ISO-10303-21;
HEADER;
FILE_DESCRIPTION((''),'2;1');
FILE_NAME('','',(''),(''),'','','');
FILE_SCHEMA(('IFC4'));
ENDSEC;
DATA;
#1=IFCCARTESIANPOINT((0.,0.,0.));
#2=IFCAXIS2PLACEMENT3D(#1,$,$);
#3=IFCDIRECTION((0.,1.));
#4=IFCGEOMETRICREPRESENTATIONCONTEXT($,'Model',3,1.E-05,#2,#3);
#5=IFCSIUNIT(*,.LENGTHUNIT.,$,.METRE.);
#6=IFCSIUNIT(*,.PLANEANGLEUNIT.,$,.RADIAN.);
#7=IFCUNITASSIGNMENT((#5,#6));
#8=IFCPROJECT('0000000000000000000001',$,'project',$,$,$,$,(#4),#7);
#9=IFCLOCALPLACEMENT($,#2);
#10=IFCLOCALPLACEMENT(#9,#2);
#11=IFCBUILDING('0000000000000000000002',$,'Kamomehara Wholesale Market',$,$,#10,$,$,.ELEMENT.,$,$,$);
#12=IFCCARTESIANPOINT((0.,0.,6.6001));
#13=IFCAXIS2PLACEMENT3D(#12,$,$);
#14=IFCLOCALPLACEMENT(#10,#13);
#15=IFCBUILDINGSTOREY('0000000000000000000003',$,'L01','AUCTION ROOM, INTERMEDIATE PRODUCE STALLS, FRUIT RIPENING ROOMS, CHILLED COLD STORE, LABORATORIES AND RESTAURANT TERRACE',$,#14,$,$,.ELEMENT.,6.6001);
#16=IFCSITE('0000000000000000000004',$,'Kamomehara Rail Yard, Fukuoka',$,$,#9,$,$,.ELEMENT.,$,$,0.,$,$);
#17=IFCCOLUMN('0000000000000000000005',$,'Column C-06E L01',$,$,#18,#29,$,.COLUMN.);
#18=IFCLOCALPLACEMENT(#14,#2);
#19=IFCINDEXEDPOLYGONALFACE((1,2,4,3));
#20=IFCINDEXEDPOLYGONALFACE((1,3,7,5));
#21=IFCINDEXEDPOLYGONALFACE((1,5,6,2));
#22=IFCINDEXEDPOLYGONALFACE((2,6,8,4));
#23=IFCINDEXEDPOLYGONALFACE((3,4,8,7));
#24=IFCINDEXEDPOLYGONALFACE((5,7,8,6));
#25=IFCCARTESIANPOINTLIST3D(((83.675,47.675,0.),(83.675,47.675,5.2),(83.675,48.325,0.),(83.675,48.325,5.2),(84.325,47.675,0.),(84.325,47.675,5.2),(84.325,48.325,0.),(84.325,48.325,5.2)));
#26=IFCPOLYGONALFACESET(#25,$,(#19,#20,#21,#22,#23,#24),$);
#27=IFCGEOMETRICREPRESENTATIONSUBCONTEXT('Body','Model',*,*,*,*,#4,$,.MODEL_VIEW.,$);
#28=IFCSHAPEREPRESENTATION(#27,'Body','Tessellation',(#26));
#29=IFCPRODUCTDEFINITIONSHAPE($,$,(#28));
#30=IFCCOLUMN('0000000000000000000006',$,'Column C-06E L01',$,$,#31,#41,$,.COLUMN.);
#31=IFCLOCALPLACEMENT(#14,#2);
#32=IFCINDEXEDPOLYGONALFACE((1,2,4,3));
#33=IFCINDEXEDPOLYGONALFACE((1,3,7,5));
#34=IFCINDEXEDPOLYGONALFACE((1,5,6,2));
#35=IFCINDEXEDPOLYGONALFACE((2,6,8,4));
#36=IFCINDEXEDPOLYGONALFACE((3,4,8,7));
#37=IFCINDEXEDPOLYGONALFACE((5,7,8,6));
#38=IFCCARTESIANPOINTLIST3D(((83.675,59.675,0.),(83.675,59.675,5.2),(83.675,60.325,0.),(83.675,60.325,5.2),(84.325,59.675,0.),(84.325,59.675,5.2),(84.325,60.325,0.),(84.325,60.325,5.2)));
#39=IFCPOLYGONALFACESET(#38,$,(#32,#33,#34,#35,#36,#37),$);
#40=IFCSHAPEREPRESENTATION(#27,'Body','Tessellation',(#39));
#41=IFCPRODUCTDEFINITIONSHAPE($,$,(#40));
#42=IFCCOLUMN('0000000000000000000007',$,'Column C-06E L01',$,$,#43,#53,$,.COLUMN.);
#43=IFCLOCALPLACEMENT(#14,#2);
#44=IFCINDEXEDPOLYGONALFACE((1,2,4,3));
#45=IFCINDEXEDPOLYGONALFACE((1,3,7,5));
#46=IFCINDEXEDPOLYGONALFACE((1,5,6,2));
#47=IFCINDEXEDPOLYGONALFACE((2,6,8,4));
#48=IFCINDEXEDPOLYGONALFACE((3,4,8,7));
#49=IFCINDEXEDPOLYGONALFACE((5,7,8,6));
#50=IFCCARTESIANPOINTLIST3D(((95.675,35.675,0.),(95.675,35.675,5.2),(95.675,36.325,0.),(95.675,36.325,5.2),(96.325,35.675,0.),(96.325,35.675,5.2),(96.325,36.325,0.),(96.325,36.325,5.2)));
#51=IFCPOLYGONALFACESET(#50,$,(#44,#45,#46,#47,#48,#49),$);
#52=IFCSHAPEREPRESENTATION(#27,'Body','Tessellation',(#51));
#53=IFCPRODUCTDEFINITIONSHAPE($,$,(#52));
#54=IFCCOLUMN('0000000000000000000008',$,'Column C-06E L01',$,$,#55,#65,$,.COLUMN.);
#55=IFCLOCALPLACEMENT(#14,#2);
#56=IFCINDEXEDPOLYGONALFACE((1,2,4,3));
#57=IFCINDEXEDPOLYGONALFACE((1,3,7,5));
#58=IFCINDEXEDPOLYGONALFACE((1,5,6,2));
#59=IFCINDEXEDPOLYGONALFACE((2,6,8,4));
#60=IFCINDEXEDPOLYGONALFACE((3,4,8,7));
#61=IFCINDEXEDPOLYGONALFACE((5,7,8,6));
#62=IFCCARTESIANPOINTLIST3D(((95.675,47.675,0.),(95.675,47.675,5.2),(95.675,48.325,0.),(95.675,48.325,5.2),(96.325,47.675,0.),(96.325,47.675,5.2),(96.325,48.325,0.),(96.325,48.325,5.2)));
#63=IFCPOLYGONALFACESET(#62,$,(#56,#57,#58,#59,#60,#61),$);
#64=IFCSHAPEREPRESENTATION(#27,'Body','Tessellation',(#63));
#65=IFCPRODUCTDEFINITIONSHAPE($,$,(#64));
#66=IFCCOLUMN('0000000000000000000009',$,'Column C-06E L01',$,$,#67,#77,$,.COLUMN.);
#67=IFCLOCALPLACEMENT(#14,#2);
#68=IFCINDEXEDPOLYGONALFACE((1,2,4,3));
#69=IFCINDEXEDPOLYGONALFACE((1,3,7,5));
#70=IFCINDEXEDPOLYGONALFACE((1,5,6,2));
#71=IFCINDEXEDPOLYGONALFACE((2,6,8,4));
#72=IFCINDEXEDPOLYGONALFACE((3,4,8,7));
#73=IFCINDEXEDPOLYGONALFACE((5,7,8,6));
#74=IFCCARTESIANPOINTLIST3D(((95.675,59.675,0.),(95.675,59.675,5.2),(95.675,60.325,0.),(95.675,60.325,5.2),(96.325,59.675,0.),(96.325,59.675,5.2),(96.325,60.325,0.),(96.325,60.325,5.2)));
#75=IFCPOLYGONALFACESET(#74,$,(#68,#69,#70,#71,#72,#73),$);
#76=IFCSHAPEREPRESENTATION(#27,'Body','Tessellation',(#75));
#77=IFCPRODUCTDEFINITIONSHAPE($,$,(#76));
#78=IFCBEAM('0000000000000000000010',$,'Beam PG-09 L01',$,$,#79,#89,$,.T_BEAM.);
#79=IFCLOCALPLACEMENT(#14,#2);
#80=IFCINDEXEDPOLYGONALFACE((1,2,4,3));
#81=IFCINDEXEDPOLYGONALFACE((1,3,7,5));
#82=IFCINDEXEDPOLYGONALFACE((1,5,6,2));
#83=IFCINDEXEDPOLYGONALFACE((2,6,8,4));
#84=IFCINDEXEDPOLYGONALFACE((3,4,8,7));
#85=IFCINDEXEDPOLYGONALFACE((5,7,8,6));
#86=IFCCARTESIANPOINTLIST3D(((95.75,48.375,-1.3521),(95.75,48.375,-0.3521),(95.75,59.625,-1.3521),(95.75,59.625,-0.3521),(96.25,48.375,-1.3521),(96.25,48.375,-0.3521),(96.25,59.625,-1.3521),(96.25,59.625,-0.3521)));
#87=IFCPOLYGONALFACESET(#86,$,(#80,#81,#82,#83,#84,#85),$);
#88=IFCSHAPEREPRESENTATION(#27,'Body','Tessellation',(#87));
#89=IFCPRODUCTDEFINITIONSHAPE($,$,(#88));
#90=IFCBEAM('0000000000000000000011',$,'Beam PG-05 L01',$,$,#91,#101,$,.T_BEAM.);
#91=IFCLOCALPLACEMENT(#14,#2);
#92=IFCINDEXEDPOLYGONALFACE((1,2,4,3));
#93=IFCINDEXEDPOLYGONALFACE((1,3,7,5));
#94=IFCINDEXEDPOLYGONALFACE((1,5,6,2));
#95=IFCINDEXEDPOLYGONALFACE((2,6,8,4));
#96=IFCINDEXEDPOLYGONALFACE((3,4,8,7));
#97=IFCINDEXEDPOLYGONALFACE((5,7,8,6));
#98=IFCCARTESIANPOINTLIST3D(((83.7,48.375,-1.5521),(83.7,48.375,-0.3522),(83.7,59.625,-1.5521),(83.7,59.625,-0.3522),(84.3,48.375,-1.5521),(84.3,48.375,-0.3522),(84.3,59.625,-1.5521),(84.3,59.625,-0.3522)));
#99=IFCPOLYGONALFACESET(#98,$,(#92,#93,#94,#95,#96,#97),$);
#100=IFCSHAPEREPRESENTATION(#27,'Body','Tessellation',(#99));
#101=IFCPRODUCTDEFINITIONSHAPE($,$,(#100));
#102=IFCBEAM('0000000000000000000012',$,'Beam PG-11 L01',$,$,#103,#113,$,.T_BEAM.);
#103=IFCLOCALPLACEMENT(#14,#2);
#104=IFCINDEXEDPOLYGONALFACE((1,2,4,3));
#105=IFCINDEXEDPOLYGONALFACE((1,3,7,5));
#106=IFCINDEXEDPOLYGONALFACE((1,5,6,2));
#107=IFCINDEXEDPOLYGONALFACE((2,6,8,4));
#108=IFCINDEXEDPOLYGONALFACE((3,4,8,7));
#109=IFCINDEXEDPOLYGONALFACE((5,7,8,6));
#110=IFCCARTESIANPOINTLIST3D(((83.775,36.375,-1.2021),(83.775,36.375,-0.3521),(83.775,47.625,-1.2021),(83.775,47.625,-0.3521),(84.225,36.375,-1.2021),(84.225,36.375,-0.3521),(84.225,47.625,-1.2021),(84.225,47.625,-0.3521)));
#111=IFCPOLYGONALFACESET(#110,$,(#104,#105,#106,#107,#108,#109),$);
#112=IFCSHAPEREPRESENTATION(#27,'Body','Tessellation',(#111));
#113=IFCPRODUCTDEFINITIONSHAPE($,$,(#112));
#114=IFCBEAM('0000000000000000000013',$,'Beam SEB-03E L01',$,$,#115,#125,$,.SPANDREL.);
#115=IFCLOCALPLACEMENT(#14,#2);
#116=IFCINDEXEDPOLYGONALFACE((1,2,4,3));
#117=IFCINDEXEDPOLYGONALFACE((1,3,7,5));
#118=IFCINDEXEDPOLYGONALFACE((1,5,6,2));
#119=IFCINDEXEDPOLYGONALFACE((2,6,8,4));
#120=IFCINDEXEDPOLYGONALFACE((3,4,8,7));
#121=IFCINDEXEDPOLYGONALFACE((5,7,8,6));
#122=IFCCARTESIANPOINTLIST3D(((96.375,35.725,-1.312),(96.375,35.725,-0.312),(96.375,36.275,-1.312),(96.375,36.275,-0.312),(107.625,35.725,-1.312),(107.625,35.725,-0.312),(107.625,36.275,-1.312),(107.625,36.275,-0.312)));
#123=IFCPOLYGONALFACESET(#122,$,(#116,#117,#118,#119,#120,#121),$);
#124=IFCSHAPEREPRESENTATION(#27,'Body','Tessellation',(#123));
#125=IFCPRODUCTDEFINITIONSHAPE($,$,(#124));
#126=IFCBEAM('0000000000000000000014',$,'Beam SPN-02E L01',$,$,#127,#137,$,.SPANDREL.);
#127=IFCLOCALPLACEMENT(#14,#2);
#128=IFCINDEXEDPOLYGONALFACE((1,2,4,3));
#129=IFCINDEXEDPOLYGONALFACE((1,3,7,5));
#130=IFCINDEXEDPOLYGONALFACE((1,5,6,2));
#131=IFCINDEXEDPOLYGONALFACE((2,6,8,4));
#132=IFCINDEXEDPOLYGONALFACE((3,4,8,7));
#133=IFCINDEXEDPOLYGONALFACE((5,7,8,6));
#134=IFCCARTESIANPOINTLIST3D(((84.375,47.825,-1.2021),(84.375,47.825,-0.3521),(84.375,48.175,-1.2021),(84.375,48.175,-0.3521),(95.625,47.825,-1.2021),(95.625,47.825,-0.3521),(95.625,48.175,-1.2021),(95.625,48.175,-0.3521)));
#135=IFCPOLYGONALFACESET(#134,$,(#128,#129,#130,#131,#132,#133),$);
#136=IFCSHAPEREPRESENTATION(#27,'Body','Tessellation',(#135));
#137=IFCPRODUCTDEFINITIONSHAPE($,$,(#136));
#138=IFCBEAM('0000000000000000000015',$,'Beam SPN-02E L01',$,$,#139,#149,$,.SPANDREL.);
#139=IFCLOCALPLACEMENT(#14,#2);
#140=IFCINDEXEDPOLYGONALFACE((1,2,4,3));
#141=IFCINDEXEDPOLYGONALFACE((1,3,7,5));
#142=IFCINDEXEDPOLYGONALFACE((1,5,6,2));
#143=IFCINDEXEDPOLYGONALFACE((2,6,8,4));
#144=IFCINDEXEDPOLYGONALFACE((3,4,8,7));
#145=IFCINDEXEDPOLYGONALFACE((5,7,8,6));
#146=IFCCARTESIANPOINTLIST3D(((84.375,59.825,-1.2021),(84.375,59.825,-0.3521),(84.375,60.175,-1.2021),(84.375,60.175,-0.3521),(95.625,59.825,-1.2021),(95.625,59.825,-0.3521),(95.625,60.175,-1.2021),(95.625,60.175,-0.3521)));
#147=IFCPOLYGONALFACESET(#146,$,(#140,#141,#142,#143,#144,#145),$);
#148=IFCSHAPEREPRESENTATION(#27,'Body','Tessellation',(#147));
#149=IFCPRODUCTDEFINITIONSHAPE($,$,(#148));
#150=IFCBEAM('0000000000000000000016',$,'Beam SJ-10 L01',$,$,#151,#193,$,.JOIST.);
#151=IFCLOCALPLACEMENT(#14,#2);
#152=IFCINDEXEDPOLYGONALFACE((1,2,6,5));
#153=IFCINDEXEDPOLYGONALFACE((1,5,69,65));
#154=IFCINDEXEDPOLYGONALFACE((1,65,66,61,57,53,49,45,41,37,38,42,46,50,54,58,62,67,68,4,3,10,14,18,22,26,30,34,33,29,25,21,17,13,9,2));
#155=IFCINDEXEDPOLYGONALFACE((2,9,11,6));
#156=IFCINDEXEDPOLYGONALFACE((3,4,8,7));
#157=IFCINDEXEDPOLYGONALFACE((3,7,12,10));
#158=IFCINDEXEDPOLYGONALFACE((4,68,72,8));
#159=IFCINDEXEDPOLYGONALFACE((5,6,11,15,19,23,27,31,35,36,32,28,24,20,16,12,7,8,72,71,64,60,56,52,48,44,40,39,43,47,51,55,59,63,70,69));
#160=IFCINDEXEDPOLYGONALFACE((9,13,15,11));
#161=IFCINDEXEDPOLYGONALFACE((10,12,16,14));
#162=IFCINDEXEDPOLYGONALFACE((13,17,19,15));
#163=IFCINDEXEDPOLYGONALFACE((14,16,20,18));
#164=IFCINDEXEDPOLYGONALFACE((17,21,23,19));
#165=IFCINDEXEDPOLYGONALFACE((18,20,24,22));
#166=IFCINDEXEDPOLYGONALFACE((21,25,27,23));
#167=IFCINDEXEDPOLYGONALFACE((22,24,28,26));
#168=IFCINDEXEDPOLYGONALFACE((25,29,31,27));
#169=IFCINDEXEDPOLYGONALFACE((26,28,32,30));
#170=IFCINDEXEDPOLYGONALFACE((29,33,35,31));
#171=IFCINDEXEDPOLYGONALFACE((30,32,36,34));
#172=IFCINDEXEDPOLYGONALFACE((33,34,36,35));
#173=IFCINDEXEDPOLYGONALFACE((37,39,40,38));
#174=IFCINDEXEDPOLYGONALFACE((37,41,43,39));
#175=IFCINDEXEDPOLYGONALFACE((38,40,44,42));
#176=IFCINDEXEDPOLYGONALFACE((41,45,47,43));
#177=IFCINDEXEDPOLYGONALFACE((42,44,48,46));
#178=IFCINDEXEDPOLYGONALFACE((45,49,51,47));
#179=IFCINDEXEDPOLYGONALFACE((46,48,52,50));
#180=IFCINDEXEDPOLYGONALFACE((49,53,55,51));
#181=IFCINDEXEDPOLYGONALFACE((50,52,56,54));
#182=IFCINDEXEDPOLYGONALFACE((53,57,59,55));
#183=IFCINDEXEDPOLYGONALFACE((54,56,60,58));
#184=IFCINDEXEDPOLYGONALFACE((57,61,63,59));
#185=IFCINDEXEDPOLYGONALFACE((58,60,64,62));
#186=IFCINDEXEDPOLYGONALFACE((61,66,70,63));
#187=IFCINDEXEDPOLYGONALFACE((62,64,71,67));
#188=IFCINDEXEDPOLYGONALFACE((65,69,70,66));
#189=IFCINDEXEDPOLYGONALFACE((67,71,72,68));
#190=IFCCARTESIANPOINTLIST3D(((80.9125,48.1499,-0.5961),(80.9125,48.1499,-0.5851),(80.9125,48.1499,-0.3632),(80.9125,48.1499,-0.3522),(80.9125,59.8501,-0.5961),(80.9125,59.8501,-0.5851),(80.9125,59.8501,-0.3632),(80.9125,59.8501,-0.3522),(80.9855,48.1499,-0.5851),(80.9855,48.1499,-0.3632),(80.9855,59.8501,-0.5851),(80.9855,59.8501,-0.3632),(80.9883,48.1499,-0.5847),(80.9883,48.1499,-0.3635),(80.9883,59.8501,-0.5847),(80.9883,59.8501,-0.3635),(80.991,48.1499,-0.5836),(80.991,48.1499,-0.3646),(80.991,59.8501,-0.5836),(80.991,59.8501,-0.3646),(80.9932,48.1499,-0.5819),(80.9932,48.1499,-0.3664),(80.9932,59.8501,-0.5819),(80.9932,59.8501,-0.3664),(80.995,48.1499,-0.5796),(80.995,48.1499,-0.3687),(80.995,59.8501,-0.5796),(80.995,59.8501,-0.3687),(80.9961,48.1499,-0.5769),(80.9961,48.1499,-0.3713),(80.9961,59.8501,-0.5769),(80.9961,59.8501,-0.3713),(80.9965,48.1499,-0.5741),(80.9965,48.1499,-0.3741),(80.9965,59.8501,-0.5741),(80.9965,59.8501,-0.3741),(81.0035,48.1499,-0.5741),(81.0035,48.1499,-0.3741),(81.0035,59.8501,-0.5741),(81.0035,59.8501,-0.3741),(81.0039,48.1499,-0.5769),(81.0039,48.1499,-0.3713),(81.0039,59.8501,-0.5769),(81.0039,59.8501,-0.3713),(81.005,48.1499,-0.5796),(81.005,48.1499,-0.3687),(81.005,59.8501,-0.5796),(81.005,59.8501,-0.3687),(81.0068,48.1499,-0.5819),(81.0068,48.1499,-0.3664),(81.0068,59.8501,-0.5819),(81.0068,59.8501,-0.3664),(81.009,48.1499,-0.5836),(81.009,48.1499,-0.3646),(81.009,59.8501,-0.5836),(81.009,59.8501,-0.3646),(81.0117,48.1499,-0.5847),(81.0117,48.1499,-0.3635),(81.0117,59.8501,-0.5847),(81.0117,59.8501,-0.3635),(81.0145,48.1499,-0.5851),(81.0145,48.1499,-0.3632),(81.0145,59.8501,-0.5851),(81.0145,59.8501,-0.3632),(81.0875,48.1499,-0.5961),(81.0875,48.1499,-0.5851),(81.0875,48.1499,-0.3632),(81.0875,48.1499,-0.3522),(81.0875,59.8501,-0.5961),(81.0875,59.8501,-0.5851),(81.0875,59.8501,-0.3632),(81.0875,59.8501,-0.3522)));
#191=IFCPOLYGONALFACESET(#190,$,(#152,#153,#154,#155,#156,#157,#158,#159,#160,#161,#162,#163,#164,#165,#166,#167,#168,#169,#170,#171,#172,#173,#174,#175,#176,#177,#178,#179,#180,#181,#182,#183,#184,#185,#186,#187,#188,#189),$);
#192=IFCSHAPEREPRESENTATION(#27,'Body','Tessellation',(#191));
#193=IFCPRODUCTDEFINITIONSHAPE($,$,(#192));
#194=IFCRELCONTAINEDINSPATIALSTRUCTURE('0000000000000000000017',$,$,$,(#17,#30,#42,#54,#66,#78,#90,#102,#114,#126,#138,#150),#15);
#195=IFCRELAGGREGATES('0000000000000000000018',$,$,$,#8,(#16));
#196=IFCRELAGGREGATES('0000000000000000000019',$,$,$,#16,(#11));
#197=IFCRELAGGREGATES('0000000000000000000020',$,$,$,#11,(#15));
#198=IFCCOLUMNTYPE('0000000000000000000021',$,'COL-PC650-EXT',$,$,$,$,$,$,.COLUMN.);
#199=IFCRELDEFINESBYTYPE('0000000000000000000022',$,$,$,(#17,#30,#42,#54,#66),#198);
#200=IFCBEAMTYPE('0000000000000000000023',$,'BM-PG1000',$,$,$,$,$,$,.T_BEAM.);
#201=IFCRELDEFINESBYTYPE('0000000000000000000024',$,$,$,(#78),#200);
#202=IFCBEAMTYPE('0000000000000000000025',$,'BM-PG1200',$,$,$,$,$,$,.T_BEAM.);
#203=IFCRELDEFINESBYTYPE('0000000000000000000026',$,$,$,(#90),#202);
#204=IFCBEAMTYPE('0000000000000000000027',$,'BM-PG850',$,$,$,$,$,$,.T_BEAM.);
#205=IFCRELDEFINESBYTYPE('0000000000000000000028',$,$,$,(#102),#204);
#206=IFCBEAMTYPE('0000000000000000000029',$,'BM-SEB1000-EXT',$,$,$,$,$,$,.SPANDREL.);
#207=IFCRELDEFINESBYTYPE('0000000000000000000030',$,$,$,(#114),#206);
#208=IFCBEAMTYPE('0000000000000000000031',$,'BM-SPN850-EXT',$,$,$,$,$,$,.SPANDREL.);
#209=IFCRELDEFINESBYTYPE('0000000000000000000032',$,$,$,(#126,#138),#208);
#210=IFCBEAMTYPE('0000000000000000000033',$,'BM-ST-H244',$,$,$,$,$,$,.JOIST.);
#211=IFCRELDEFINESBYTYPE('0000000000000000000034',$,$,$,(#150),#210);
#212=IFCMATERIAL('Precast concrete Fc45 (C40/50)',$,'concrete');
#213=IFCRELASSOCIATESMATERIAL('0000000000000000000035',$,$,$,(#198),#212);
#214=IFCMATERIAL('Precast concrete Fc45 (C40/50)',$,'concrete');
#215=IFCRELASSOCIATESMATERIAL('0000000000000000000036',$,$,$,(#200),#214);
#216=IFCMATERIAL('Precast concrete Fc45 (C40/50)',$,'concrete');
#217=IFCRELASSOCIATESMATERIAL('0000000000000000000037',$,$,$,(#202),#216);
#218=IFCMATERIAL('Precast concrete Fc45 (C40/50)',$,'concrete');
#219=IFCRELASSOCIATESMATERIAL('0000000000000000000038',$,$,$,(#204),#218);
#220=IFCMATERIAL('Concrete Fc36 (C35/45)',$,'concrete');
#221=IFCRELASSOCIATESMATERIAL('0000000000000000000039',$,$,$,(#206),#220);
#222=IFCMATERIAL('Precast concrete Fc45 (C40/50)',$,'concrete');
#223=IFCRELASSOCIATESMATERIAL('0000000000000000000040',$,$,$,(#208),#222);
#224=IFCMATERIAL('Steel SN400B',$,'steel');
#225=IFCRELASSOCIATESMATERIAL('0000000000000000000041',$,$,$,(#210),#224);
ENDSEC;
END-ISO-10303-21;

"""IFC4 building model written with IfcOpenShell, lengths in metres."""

from ifc_helpers import new_model, si_unit, direction, frame, origin, origin_2d, place, context, subcontext, project, spatial, rectangle, i_section, extrude, material, material_profile, profile_set, type_object, element, save


model = new_model("IFC4")

# Units and contexts
model_context = context("Model", 3, precision=1e-05, world=origin(), true_north=direction((0.0, 1.0)))
body_context = subcontext(model_context, "Body", "Model", "MODEL_VIEW")
ifc_project = project(units=[si_unit("LENGTHUNIT", "METRE"), si_unit("PLANEANGLEUNIT", "RADIAN")], contexts=[model_context])

# Site, building, storey
site_placement = place(None, origin())
site = spatial("IfcSite", under=ifc_project, at=site_placement, Name="Kamomehara Rail Yard, Fukuoka", CompositionType="ELEMENT", RefElevation=0.0)
building_placement = place(site_placement, origin())
building = spatial("IfcBuilding", under=site, at=building_placement, Name="Kamomehara Wholesale Market", CompositionType="ELEMENT")
storey_placement = place(building_placement, frame((0.0, 0.0, 6.6001)))
storey = spatial("IfcBuildingStorey", under=building, at=storey_placement, Name="L01", Description="AUCTION ROOM, INTERMEDIATE PRODUCE STALLS, FRUIT RIPENING ROOMS, CHILLED COLD STORE, LABORATORIES AND RESTAURANT TERRACE", CompositionType="ELEMENT", Elevation=6.6001)

# Columns
ifc_material_1 = material(Name="Precast concrete Fc45 (C40/50)", Category="concrete")
ifc_material_profile_1 = material_profile(ifc_material_1, rectangle(XDim=0.6499, YDim=0.6499, at=origin_2d()), Name="PC-COL-650x650")
ifc_profile_set_1 = profile_set([ifc_material_profile_1], Name="Precast concrete Fc45 (C40/50)")
column_type = type_object("IfcColumnType", Name="COL-PC650-EXT", PredefinedType="COLUMN", material=ifc_profile_set_1)
for number, where, z_axis, x_axis, name in (
    (1, (84.0, 48.0, 0.0), (0.0, 0.0, 1.0), (1.0, 0.0, 0.0), "Column C-06E L01"),
    (2, (84.0, 60.0, 0.0), (0.0, 0.0, 1.0), (1.0, 0.0, 0.0), "Column C-06E L01"),
    (3, (96.0, 36.0, 0.0), (0.0, 0.0, 1.0), (1.0, 0.0, 0.0), "Column C-06E L01"),
    (4, (96.0, 48.0, 0.0), (0.0, 0.0, 1.0), (1.0, 0.0, 0.0), "Column C-06E L01"),
    (5, (96.0, 60.0, 0.0), (0.0, 0.0, 1.0), (1.0, 0.0, 0.0), "Column C-06E L01"),
):
    element("IfcColumn", number, at=place(storey_placement, frame(where, z_axis=z_axis, x_axis=x_axis)), inside=storey, type_object=column_type, Name=name, PredefinedType="COLUMN", context=body_context, shape_type="SweptSolid", body=[
        extrude(rectangle(XDim=0.6499, YDim=0.6499, at=origin_2d()), origin(), (0.0, 0.0, 1.0), 5.2),
    ])

# Beams
ifc_material_2 = material(Name="Precast concrete Fc45 (C40/50)", Category="concrete")
ifc_material_profile_2 = material_profile(ifc_material_2, rectangle(XDim=0.5, YDim=1.0, at=origin_2d()), Name="PC-GRD-500x1000")
ifc_profile_set_2 = profile_set([ifc_material_profile_2], Name="Precast concrete Fc45 (C40/50)")
beam_type_1 = type_object("IfcBeamType", Name="BM-PG1000", PredefinedType="T_BEAM", material=ifc_profile_set_2)
beam_1_placement = place(storey_placement, frame((96.0, 48.375, -0.8521), z_axis=(0.0, 1.0, 0.0), x_axis=(-1.0, 0.0, 0.0)))
element("IfcBeam", 6, at=beam_1_placement, inside=storey, type_object=beam_type_1, Name="Beam PG-09 L01", PredefinedType="T_BEAM", context=body_context, shape_type="SweptSolid", body=[
    extrude(rectangle(XDim=0.5, YDim=1.0, at=origin_2d()), origin(), (0.0, 0.0, 1.0), 11.25),
])
ifc_material_3 = material(Name="Precast concrete Fc45 (C40/50)", Category="concrete")
ifc_material_profile_3 = material_profile(ifc_material_3, rectangle(XDim=0.6001, YDim=1.2, at=origin_2d()), Name="PC-GRD-600x1200")
ifc_profile_set_3 = profile_set([ifc_material_profile_3], Name="Precast concrete Fc45 (C40/50)")
beam_type_2 = type_object("IfcBeamType", Name="BM-PG1200", PredefinedType="T_BEAM", material=ifc_profile_set_3)
beam_2_placement = place(storey_placement, frame((84.0, 48.375, -0.9521), z_axis=(0.0, 1.0, 0.0), x_axis=(-1.0, 0.0, 0.0)))
element("IfcBeam", 7, at=beam_2_placement, inside=storey, type_object=beam_type_2, Name="Beam PG-05 L01", PredefinedType="T_BEAM", context=body_context, shape_type="SweptSolid", body=[
    extrude(rectangle(XDim=0.6001, YDim=1.2, at=origin_2d()), origin(), (0.0, 0.0, 1.0), 11.25),
])
ifc_material_4 = material(Name="Precast concrete Fc45 (C40/50)", Category="concrete")
ifc_material_profile_4 = material_profile(ifc_material_4, rectangle(XDim=0.45, YDim=0.8501, at=origin_2d()), Name="PC-GRD-450x850")
ifc_profile_set_4 = profile_set([ifc_material_profile_4], Name="Precast concrete Fc45 (C40/50)")
beam_type_3 = type_object("IfcBeamType", Name="BM-PG850", PredefinedType="T_BEAM", material=ifc_profile_set_4)
beam_3_placement = place(storey_placement, frame((84.0, 36.375, -0.7771), z_axis=(0.0, 1.0, 0.0), x_axis=(-1.0, 0.0, 0.0)))
element("IfcBeam", 8, at=beam_3_placement, inside=storey, type_object=beam_type_3, Name="Beam PG-11 L01", PredefinedType="T_BEAM", context=body_context, shape_type="SweptSolid", body=[
    extrude(rectangle(XDim=0.45, YDim=0.8501, at=origin_2d()), origin(), (0.0, 0.0, 1.0), 11.25),
])
ifc_material_5 = material(Name="Concrete Fc36 (C35/45)", Category="concrete")
ifc_material_profile_5 = material_profile(ifc_material_5, rectangle(XDim=0.55, YDim=1.0, at=origin_2d()), Name="RC-SEB-550x1000")
ifc_profile_set_5 = profile_set([ifc_material_profile_5], Name="Concrete Fc36 (C35/45)")
beam_type_4 = type_object("IfcBeamType", Name="BM-SEB1000-EXT", PredefinedType="SPANDREL", material=ifc_profile_set_5)
beam_4_placement = place(storey_placement, frame((96.375, 36.0, -0.812), z_axis=(1.0, 0.0, 0.0), x_axis=(0.0, 1.0, 0.0)))
element("IfcBeam", 9, at=beam_4_placement, inside=storey, type_object=beam_type_4, Name="Beam SEB-03E L01", PredefinedType="SPANDREL", context=body_context, shape_type="SweptSolid", body=[
    extrude(rectangle(XDim=0.55, YDim=1.0, at=origin_2d()), origin(), (0.0, 0.0, 1.0), 11.25),
])
ifc_material_6 = material(Name="Precast concrete Fc45 (C40/50)", Category="concrete")
ifc_material_profile_6 = material_profile(ifc_material_6, rectangle(XDim=0.3501, YDim=0.8501, at=origin_2d()), Name="PC-SPN-350x850")
ifc_profile_set_6 = profile_set([ifc_material_profile_6], Name="Precast concrete Fc45 (C40/50)")
beam_type_5 = type_object("IfcBeamType", Name="BM-SPN850-EXT", PredefinedType="SPANDREL", material=ifc_profile_set_6)
for number, where, z_axis, x_axis, name in (
    (10, (84.375, 48.0, -0.7771), (1.0, 0.0, 0.0), (0.0, 1.0, 0.0), "Beam SPN-02E L01"),
    (11, (84.375, 60.0, -0.7771), (1.0, 0.0, 0.0), (0.0, 1.0, 0.0), "Beam SPN-02E L01"),
):
    element("IfcBeam", number, at=place(storey_placement, frame(where, z_axis=z_axis, x_axis=x_axis)), inside=storey, type_object=beam_type_5, Name=name, PredefinedType="SPANDREL", context=body_context, shape_type="SweptSolid", body=[
        extrude(rectangle(XDim=0.3501, YDim=0.8501, at=origin_2d()), origin(), (0.0, 0.0, 1.0), 11.25),
    ])
ifc_material_7 = material(Name="Steel SN400B", Category="steel")
ifc_material_profile_7 = material_profile(ifc_material_7, i_section(OverallWidth=0.175, OverallDepth=0.2439, WebThickness=0.0071, FlangeThickness=0.011, FilletRadius=0.011, at=origin_2d()), Name="H-244x175x7x11")
ifc_profile_set_7 = profile_set([ifc_material_profile_7], Name="Steel SN400B")
beam_type_6 = type_object("IfcBeamType", Name="BM-ST-H244", PredefinedType="JOIST", material=ifc_profile_set_7)
beam_5_placement = place(storey_placement, frame((81.0, 48.1499, -0.4741), z_axis=(0.0, 1.0, 0.0), x_axis=(-1.0, 0.0, 0.0)))
element("IfcBeam", 12, at=beam_5_placement, inside=storey, type_object=beam_type_6, Name="Beam SJ-10 L01", PredefinedType="JOIST", context=body_context, shape_type="SweptSolid", body=[
    extrude(i_section(OverallWidth=0.175, OverallDepth=0.2439, WebThickness=0.0071, FlangeThickness=0.011, FilletRadius=0.011, at=origin_2d()), origin(), (0.0, 0.0, 1.0), 11.7002),
])

save(model, "model.ifc")
